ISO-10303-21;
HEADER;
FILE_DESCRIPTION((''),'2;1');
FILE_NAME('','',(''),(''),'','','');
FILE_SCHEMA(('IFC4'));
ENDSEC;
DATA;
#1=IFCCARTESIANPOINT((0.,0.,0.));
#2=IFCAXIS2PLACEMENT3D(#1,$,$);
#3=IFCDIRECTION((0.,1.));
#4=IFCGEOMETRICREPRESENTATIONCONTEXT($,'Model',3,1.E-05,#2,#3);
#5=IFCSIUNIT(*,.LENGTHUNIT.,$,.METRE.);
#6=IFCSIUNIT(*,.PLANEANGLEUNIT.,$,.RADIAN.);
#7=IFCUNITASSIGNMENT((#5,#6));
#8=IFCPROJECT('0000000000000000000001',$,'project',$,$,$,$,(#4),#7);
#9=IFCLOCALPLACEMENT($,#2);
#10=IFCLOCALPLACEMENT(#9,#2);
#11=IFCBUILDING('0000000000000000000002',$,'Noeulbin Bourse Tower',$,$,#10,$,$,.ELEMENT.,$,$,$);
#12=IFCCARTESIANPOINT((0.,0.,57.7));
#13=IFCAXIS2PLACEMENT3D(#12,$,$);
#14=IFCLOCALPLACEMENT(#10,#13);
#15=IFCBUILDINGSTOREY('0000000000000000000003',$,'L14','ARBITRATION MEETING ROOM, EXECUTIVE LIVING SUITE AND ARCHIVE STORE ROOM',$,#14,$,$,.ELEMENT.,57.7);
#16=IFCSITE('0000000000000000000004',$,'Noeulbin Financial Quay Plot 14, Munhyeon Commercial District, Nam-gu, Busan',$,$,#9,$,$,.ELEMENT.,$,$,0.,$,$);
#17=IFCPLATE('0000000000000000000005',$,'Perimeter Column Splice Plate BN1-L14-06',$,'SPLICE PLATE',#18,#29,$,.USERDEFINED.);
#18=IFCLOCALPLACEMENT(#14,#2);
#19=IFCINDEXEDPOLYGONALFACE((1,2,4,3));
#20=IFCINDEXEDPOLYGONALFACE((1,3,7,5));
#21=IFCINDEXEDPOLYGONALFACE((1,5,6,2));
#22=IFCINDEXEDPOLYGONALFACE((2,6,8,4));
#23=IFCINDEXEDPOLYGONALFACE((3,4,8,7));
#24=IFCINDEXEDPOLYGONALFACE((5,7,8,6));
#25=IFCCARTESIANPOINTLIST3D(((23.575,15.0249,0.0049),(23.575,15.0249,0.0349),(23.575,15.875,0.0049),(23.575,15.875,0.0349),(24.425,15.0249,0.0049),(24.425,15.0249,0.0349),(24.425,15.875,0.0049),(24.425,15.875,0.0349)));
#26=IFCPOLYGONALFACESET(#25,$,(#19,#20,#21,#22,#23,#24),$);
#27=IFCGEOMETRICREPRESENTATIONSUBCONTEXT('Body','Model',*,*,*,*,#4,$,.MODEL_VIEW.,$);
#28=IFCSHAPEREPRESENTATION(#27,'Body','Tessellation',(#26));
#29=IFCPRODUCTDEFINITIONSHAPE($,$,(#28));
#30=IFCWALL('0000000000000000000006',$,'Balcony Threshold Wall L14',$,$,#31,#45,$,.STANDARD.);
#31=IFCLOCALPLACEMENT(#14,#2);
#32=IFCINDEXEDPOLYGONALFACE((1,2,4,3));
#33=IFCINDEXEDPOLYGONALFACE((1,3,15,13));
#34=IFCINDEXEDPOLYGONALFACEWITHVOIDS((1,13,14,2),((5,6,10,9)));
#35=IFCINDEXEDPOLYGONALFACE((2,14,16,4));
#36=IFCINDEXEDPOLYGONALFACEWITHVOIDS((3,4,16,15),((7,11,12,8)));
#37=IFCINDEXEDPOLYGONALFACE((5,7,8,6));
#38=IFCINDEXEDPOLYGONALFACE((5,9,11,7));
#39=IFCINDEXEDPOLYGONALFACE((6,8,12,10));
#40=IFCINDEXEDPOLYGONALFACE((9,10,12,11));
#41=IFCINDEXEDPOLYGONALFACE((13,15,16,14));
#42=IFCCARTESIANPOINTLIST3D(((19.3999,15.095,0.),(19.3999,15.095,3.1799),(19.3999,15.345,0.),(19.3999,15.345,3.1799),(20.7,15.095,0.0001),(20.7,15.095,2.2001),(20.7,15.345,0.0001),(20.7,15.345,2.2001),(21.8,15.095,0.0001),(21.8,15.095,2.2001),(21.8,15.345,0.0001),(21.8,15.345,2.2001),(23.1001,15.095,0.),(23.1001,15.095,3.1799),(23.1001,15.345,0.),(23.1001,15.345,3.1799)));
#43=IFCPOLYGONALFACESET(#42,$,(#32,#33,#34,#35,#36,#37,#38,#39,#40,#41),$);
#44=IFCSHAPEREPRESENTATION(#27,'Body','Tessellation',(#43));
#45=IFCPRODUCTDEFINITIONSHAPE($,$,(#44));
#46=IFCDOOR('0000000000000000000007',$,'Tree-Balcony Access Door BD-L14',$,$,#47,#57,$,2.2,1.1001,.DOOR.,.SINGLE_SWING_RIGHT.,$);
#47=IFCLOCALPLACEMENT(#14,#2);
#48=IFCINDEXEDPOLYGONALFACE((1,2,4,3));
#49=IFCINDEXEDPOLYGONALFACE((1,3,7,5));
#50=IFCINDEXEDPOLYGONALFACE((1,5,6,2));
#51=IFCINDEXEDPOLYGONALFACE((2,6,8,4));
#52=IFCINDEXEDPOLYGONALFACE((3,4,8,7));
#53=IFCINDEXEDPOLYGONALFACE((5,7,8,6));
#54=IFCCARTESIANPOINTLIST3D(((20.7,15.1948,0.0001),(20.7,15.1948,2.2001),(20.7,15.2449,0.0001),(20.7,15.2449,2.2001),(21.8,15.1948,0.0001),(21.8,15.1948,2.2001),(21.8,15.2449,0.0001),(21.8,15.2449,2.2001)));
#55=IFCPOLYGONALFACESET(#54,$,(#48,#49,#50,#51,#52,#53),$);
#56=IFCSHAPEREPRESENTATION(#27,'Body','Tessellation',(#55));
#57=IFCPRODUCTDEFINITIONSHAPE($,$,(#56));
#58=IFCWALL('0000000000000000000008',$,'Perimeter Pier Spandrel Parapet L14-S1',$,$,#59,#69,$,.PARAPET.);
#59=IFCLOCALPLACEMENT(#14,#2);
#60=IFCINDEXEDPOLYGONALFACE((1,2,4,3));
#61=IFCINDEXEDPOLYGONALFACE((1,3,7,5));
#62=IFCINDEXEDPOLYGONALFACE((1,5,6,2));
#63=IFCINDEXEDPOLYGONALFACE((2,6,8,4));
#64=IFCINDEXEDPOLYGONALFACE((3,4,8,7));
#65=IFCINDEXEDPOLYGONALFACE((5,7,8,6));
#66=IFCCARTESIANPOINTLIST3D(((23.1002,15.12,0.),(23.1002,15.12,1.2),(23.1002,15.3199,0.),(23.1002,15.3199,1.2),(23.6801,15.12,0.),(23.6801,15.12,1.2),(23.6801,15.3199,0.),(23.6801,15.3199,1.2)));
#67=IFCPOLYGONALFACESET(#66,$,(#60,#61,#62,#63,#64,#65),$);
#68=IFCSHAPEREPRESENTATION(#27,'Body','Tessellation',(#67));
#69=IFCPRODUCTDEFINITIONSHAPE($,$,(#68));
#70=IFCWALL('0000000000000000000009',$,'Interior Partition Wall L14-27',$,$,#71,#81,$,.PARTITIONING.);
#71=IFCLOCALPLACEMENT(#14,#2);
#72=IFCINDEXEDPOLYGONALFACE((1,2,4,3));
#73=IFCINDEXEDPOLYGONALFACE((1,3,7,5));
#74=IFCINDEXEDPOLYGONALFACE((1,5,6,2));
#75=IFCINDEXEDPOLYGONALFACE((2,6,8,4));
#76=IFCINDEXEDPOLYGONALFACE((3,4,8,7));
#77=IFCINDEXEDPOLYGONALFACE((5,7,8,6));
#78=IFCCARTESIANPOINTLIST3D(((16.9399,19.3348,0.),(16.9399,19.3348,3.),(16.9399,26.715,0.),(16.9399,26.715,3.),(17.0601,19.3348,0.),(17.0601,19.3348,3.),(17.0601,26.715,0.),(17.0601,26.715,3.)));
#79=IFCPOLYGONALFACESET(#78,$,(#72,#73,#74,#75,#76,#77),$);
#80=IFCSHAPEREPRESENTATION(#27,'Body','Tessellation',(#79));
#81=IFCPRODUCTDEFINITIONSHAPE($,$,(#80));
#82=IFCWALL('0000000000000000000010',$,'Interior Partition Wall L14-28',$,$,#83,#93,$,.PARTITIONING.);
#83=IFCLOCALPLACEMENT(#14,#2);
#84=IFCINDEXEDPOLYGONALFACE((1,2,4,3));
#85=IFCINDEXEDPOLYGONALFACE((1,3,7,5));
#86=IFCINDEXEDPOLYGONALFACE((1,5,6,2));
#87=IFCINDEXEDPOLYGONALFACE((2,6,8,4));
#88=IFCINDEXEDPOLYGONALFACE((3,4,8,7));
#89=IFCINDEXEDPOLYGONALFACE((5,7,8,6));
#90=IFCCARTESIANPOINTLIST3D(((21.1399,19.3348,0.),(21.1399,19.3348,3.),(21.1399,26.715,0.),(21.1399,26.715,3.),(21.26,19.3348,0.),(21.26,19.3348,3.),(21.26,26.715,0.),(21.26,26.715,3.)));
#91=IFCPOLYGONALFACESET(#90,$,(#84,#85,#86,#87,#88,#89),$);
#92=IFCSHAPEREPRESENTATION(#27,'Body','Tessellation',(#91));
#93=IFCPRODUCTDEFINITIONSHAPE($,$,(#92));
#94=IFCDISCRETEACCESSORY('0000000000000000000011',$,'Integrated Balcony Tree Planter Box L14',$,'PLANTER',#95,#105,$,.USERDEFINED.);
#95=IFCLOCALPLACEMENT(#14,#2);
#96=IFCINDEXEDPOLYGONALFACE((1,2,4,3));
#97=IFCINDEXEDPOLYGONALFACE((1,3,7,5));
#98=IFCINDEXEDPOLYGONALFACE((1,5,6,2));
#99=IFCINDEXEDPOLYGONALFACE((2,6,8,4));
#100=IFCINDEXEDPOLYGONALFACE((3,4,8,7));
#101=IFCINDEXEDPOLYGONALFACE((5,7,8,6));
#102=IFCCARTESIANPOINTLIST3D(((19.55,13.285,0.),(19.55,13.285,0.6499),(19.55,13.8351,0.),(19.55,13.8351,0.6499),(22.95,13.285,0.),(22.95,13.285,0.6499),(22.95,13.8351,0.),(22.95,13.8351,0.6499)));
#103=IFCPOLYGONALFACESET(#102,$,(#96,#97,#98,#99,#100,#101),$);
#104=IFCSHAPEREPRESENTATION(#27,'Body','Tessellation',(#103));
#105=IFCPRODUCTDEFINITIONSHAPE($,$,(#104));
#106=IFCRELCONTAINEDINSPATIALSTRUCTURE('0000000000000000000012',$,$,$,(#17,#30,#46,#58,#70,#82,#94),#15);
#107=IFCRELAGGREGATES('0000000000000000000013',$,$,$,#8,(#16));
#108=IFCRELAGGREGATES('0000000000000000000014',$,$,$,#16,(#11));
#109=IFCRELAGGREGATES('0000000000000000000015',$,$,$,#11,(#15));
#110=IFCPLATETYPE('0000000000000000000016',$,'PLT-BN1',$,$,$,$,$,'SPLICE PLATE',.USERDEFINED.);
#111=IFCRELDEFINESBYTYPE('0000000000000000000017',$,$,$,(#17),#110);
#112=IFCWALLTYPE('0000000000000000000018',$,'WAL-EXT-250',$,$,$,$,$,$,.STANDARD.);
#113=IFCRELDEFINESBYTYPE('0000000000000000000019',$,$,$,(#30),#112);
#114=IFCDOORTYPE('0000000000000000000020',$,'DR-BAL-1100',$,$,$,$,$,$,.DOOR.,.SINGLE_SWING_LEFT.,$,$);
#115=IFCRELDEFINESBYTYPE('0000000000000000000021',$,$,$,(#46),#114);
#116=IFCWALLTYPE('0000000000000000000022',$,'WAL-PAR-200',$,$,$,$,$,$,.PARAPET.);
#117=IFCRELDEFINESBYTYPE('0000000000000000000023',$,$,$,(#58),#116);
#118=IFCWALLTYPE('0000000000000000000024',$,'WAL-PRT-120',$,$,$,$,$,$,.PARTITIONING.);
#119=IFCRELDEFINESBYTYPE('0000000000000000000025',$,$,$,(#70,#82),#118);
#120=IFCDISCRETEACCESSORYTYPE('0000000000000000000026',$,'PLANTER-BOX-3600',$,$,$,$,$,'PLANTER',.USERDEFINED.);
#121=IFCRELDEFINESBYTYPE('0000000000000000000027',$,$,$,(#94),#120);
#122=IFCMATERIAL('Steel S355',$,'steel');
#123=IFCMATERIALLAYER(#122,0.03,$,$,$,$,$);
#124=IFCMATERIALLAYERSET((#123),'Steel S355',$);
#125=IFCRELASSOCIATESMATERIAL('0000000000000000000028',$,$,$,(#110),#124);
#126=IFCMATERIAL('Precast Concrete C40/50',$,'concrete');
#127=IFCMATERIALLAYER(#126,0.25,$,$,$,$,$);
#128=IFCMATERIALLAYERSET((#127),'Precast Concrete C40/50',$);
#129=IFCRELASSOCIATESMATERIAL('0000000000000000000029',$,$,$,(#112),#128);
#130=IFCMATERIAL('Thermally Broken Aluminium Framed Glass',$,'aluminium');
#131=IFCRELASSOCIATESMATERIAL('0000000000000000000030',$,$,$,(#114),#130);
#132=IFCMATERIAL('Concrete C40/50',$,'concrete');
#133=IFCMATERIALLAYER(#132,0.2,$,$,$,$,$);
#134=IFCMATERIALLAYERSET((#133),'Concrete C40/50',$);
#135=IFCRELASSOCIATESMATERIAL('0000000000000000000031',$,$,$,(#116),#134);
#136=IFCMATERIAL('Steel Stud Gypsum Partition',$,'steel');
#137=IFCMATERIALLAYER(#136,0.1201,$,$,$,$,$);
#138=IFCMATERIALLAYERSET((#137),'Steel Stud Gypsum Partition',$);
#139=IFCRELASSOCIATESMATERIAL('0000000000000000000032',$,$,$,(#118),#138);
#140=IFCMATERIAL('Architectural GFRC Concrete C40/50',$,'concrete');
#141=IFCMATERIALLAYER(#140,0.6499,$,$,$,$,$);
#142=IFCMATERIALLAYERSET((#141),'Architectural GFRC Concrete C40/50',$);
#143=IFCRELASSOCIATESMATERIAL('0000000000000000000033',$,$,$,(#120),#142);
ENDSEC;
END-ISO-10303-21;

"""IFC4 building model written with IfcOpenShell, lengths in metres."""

from ifc_helpers import new_model, si_unit, direction, frame, frame_2d, origin, origin_2d, place, context, subcontext, project, spatial, rectangle, extrude, material, layer, layer_set, type_object, element, fill, save


model = new_model("IFC4")

# Units and contexts
model_context = context("Model", 3, precision=1e-05, world=origin(), true_north=direction((0.0, 1.0)))
body_context = subcontext(model_context, "Body", "Model", "MODEL_VIEW")
ifc_project = project(units=[si_unit("LENGTHUNIT", "METRE"), si_unit("PLANEANGLEUNIT", "RADIAN")], contexts=[model_context])

# Site, building, storey
site_placement = place(None, origin())
site = spatial("IfcSite", under=ifc_project, at=site_placement, Name="Noeulbin Financial Quay Plot 14, Munhyeon Commercial District, Nam-gu, Busan", CompositionType="ELEMENT", RefElevation=0.0)
building_placement = place(site_placement, origin())
building = spatial("IfcBuilding", under=site, at=building_placement, Name="Noeulbin Bourse Tower", CompositionType="ELEMENT")
storey_placement = place(building_placement, frame((0.0, 0.0, 57.7)))
storey = spatial("IfcBuildingStorey", under=building, at=storey_placement, Name="L14", Description="ARBITRATION MEETING ROOM, EXECUTIVE LIVING SUITE AND ARCHIVE STORE ROOM", CompositionType="ELEMENT", Elevation=57.7)

# Shared definitions
ifc_material_1 = material(Name="Steel S355", Category="steel")

# Plate
ifc_layer_1 = layer(ifc_material_1, 0.03)
ifc_layer_set_1 = layer_set([ifc_layer_1], Name="Steel S355")
plate_type_1 = type_object("IfcPlateType", Name="PLT-BN1", ElementType="SPLICE PLATE", PredefinedType="USERDEFINED", material=ifc_layer_set_1)
plate_1_placement = place(storey_placement, frame((24.0, 15.45, 0.0049), z_axis=(0.0, 0.0, 1.0), x_axis=(1.0, 0.0, 0.0)))
element("IfcPlate", 1, at=plate_1_placement, inside=storey, type_object=plate_type_1, Name="Perimeter Column Splice Plate BN1-L14-06", ObjectType="SPLICE PLATE", PredefinedType="USERDEFINED", context=body_context, shape_type="SweptSolid", body=[
    extrude(rectangle(XDim=0.8501, YDim=0.8501, at=origin_2d()), origin(), (0.0, 0.0, 1.0), 0.03),
])

# Wall, opening, door
ifc_material_2 = material(Name="Precast Concrete C40/50", Category="concrete")
ifc_layer_2 = layer(ifc_material_2, 0.25)
ifc_layer_set_2 = layer_set([ifc_layer_2], Name="Precast Concrete C40/50")
wall_type_1 = type_object("IfcWallType", Name="WAL-EXT-250", PredefinedType="STANDARD", material=ifc_layer_set_2)
wall_1_placement = place(storey_placement, frame((19.3999, 15.22, 0.0), z_axis=(0.0, 0.0, 1.0), x_axis=(1.0, 0.0, 0.0)))
wall_1 = element("IfcWall", 2, at=wall_1_placement, inside=storey, type_object=wall_type_1, Name="Balcony Threshold Wall L14", PredefinedType="STANDARD", context=body_context, shape_type="SweptSolid", body=[
    extrude(rectangle(XDim=3.7002, YDim=0.25, at=frame_2d((1.8501, 0.0))), origin(), (0.0, 0.0, 1.0), 3.1799),
])
opening_placement = place(wall_1_placement, frame((1.3, 0.0, 0.0)))
opening = element("IfcOpeningElement", 3, at=opening_placement, cuts=wall_1, PredefinedType="OPENING", context=body_context, shape_type="SweptSolid", body=[
    extrude(rectangle(XDim=1.1001, YDim=2.2, at=frame_2d((0.55, 1.1001))), frame((0.0, 0.135, 0.0), z_axis=(0.0, -1.0, 0.0), x_axis=(1.0, 0.0, 0.0)), (0.0, 0.0, 1.0), 0.27),
])
ifc_material_3 = material(Name="Thermally Broken Aluminium Framed Glass", Category="aluminium")
door_type = type_object("IfcDoorType", Name="DR-BAL-1100", OperationType="SINGLE_SWING_LEFT", PredefinedType="DOOR", material=ifc_material_3)
door_placement = place(opening_placement, origin())
door = element("IfcDoor", 4, at=door_placement, inside=storey, type_object=door_type, Name="Tree-Balcony Access Door BD-L14", OperationType="SINGLE_SWING_RIGHT", OverallHeight=2.2, OverallWidth=1.1001, PredefinedType="DOOR", context=body_context, shape_type="SweptSolid", body=[
    extrude(rectangle(XDim=1.1001, YDim=2.2, at=frame_2d((0.55, 1.1001))), frame((0.0, 0.0249, 0.0), z_axis=(0.0, -1.0, 0.0), x_axis=(1.0, 0.0, 0.0)), (0.0, 0.0, 1.0), 0.05),
])
fill(opening, door)

# Walls
ifc_material_4 = material(Name="Concrete C40/50", Category="concrete")
ifc_layer_3 = layer(ifc_material_4, 0.2)
ifc_layer_set_3 = layer_set([ifc_layer_3], Name="Concrete C40/50")
wall_type_2 = type_object("IfcWallType", Name="WAL-PAR-200", PredefinedType="PARAPET", material=ifc_layer_set_3)
wall_2_placement = place(storey_placement, frame((23.1001, 15.22, 0.0), z_axis=(0.0, 0.0, 1.0), x_axis=(1.0, 0.0, 0.0)))
element("IfcWall", 5, at=wall_2_placement, inside=storey, type_object=wall_type_2, Name="Perimeter Pier Spandrel Parapet L14-S1", PredefinedType="PARAPET", context=body_context, shape_type="SweptSolid", body=[
    extrude(rectangle(XDim=0.5798, YDim=0.2, at=frame_2d((0.29, 0.0))), origin(), (0.0, 0.0, 1.0), 1.2),
])
ifc_material_5 = material(Name="Steel Stud Gypsum Partition", Category="steel")
ifc_layer_4 = layer(ifc_material_5, 0.1201)
ifc_layer_set_4 = layer_set([ifc_layer_4], Name="Steel Stud Gypsum Partition")
wall_type_3 = type_object("IfcWallType", Name="WAL-PRT-120", PredefinedType="PARTITIONING", material=ifc_layer_set_4)
for number, where, z_axis, x_axis, name in (
    (6, (17.0, 19.335, 0.0), (0.0, 0.0, 1.0), (0.0, 1.0, 0.0), "Interior Partition Wall L14-27"),
    (7, (21.2, 19.335, 0.0), (0.0, 0.0, 1.0), (0.0, 1.0, 0.0), "Interior Partition Wall L14-28"),
):
    element("IfcWall", number, at=place(storey_placement, frame(where, z_axis=z_axis, x_axis=x_axis)), inside=storey, type_object=wall_type_3, Name=name, PredefinedType="PARTITIONING", context=body_context, shape_type="SweptSolid", body=[
        extrude(rectangle(XDim=7.3801, YDim=0.1201, at=frame_2d((3.6899, 0.0))), origin(), (0.0, 0.0, 1.0), 3.0),
    ])

# Discrete accessory
ifc_material_6 = material(Name="Architectural GFRC Concrete C40/50", Category="concrete")
ifc_layer_5 = layer(ifc_material_6, 0.6499)
ifc_layer_set_5 = layer_set([ifc_layer_5], Name="Architectural GFRC Concrete C40/50")
discrete_accessory_type = type_object("IfcDiscreteAccessoryType", Name="PLANTER-BOX-3600", ElementType="PLANTER", PredefinedType="USERDEFINED", material=ifc_layer_set_5)
discrete_accessory_placement = place(storey_placement, frame((21.25, 13.5601, 0.0), z_axis=(0.0, 0.0, 1.0), x_axis=(1.0, 0.0, 0.0)))
element("IfcDiscreteAccessory", 8, at=discrete_accessory_placement, inside=storey, type_object=discrete_accessory_type, Name="Integrated Balcony Tree Planter Box L14", ObjectType="PLANTER", PredefinedType="USERDEFINED", context=body_context, shape_type="SweptSolid", body=[
    extrude(rectangle(XDim=3.3999, YDim=0.55, at=origin_2d()), origin(), (0.0, 0.0, 1.0), 0.6499),
])

save(model, "model.ifc")
